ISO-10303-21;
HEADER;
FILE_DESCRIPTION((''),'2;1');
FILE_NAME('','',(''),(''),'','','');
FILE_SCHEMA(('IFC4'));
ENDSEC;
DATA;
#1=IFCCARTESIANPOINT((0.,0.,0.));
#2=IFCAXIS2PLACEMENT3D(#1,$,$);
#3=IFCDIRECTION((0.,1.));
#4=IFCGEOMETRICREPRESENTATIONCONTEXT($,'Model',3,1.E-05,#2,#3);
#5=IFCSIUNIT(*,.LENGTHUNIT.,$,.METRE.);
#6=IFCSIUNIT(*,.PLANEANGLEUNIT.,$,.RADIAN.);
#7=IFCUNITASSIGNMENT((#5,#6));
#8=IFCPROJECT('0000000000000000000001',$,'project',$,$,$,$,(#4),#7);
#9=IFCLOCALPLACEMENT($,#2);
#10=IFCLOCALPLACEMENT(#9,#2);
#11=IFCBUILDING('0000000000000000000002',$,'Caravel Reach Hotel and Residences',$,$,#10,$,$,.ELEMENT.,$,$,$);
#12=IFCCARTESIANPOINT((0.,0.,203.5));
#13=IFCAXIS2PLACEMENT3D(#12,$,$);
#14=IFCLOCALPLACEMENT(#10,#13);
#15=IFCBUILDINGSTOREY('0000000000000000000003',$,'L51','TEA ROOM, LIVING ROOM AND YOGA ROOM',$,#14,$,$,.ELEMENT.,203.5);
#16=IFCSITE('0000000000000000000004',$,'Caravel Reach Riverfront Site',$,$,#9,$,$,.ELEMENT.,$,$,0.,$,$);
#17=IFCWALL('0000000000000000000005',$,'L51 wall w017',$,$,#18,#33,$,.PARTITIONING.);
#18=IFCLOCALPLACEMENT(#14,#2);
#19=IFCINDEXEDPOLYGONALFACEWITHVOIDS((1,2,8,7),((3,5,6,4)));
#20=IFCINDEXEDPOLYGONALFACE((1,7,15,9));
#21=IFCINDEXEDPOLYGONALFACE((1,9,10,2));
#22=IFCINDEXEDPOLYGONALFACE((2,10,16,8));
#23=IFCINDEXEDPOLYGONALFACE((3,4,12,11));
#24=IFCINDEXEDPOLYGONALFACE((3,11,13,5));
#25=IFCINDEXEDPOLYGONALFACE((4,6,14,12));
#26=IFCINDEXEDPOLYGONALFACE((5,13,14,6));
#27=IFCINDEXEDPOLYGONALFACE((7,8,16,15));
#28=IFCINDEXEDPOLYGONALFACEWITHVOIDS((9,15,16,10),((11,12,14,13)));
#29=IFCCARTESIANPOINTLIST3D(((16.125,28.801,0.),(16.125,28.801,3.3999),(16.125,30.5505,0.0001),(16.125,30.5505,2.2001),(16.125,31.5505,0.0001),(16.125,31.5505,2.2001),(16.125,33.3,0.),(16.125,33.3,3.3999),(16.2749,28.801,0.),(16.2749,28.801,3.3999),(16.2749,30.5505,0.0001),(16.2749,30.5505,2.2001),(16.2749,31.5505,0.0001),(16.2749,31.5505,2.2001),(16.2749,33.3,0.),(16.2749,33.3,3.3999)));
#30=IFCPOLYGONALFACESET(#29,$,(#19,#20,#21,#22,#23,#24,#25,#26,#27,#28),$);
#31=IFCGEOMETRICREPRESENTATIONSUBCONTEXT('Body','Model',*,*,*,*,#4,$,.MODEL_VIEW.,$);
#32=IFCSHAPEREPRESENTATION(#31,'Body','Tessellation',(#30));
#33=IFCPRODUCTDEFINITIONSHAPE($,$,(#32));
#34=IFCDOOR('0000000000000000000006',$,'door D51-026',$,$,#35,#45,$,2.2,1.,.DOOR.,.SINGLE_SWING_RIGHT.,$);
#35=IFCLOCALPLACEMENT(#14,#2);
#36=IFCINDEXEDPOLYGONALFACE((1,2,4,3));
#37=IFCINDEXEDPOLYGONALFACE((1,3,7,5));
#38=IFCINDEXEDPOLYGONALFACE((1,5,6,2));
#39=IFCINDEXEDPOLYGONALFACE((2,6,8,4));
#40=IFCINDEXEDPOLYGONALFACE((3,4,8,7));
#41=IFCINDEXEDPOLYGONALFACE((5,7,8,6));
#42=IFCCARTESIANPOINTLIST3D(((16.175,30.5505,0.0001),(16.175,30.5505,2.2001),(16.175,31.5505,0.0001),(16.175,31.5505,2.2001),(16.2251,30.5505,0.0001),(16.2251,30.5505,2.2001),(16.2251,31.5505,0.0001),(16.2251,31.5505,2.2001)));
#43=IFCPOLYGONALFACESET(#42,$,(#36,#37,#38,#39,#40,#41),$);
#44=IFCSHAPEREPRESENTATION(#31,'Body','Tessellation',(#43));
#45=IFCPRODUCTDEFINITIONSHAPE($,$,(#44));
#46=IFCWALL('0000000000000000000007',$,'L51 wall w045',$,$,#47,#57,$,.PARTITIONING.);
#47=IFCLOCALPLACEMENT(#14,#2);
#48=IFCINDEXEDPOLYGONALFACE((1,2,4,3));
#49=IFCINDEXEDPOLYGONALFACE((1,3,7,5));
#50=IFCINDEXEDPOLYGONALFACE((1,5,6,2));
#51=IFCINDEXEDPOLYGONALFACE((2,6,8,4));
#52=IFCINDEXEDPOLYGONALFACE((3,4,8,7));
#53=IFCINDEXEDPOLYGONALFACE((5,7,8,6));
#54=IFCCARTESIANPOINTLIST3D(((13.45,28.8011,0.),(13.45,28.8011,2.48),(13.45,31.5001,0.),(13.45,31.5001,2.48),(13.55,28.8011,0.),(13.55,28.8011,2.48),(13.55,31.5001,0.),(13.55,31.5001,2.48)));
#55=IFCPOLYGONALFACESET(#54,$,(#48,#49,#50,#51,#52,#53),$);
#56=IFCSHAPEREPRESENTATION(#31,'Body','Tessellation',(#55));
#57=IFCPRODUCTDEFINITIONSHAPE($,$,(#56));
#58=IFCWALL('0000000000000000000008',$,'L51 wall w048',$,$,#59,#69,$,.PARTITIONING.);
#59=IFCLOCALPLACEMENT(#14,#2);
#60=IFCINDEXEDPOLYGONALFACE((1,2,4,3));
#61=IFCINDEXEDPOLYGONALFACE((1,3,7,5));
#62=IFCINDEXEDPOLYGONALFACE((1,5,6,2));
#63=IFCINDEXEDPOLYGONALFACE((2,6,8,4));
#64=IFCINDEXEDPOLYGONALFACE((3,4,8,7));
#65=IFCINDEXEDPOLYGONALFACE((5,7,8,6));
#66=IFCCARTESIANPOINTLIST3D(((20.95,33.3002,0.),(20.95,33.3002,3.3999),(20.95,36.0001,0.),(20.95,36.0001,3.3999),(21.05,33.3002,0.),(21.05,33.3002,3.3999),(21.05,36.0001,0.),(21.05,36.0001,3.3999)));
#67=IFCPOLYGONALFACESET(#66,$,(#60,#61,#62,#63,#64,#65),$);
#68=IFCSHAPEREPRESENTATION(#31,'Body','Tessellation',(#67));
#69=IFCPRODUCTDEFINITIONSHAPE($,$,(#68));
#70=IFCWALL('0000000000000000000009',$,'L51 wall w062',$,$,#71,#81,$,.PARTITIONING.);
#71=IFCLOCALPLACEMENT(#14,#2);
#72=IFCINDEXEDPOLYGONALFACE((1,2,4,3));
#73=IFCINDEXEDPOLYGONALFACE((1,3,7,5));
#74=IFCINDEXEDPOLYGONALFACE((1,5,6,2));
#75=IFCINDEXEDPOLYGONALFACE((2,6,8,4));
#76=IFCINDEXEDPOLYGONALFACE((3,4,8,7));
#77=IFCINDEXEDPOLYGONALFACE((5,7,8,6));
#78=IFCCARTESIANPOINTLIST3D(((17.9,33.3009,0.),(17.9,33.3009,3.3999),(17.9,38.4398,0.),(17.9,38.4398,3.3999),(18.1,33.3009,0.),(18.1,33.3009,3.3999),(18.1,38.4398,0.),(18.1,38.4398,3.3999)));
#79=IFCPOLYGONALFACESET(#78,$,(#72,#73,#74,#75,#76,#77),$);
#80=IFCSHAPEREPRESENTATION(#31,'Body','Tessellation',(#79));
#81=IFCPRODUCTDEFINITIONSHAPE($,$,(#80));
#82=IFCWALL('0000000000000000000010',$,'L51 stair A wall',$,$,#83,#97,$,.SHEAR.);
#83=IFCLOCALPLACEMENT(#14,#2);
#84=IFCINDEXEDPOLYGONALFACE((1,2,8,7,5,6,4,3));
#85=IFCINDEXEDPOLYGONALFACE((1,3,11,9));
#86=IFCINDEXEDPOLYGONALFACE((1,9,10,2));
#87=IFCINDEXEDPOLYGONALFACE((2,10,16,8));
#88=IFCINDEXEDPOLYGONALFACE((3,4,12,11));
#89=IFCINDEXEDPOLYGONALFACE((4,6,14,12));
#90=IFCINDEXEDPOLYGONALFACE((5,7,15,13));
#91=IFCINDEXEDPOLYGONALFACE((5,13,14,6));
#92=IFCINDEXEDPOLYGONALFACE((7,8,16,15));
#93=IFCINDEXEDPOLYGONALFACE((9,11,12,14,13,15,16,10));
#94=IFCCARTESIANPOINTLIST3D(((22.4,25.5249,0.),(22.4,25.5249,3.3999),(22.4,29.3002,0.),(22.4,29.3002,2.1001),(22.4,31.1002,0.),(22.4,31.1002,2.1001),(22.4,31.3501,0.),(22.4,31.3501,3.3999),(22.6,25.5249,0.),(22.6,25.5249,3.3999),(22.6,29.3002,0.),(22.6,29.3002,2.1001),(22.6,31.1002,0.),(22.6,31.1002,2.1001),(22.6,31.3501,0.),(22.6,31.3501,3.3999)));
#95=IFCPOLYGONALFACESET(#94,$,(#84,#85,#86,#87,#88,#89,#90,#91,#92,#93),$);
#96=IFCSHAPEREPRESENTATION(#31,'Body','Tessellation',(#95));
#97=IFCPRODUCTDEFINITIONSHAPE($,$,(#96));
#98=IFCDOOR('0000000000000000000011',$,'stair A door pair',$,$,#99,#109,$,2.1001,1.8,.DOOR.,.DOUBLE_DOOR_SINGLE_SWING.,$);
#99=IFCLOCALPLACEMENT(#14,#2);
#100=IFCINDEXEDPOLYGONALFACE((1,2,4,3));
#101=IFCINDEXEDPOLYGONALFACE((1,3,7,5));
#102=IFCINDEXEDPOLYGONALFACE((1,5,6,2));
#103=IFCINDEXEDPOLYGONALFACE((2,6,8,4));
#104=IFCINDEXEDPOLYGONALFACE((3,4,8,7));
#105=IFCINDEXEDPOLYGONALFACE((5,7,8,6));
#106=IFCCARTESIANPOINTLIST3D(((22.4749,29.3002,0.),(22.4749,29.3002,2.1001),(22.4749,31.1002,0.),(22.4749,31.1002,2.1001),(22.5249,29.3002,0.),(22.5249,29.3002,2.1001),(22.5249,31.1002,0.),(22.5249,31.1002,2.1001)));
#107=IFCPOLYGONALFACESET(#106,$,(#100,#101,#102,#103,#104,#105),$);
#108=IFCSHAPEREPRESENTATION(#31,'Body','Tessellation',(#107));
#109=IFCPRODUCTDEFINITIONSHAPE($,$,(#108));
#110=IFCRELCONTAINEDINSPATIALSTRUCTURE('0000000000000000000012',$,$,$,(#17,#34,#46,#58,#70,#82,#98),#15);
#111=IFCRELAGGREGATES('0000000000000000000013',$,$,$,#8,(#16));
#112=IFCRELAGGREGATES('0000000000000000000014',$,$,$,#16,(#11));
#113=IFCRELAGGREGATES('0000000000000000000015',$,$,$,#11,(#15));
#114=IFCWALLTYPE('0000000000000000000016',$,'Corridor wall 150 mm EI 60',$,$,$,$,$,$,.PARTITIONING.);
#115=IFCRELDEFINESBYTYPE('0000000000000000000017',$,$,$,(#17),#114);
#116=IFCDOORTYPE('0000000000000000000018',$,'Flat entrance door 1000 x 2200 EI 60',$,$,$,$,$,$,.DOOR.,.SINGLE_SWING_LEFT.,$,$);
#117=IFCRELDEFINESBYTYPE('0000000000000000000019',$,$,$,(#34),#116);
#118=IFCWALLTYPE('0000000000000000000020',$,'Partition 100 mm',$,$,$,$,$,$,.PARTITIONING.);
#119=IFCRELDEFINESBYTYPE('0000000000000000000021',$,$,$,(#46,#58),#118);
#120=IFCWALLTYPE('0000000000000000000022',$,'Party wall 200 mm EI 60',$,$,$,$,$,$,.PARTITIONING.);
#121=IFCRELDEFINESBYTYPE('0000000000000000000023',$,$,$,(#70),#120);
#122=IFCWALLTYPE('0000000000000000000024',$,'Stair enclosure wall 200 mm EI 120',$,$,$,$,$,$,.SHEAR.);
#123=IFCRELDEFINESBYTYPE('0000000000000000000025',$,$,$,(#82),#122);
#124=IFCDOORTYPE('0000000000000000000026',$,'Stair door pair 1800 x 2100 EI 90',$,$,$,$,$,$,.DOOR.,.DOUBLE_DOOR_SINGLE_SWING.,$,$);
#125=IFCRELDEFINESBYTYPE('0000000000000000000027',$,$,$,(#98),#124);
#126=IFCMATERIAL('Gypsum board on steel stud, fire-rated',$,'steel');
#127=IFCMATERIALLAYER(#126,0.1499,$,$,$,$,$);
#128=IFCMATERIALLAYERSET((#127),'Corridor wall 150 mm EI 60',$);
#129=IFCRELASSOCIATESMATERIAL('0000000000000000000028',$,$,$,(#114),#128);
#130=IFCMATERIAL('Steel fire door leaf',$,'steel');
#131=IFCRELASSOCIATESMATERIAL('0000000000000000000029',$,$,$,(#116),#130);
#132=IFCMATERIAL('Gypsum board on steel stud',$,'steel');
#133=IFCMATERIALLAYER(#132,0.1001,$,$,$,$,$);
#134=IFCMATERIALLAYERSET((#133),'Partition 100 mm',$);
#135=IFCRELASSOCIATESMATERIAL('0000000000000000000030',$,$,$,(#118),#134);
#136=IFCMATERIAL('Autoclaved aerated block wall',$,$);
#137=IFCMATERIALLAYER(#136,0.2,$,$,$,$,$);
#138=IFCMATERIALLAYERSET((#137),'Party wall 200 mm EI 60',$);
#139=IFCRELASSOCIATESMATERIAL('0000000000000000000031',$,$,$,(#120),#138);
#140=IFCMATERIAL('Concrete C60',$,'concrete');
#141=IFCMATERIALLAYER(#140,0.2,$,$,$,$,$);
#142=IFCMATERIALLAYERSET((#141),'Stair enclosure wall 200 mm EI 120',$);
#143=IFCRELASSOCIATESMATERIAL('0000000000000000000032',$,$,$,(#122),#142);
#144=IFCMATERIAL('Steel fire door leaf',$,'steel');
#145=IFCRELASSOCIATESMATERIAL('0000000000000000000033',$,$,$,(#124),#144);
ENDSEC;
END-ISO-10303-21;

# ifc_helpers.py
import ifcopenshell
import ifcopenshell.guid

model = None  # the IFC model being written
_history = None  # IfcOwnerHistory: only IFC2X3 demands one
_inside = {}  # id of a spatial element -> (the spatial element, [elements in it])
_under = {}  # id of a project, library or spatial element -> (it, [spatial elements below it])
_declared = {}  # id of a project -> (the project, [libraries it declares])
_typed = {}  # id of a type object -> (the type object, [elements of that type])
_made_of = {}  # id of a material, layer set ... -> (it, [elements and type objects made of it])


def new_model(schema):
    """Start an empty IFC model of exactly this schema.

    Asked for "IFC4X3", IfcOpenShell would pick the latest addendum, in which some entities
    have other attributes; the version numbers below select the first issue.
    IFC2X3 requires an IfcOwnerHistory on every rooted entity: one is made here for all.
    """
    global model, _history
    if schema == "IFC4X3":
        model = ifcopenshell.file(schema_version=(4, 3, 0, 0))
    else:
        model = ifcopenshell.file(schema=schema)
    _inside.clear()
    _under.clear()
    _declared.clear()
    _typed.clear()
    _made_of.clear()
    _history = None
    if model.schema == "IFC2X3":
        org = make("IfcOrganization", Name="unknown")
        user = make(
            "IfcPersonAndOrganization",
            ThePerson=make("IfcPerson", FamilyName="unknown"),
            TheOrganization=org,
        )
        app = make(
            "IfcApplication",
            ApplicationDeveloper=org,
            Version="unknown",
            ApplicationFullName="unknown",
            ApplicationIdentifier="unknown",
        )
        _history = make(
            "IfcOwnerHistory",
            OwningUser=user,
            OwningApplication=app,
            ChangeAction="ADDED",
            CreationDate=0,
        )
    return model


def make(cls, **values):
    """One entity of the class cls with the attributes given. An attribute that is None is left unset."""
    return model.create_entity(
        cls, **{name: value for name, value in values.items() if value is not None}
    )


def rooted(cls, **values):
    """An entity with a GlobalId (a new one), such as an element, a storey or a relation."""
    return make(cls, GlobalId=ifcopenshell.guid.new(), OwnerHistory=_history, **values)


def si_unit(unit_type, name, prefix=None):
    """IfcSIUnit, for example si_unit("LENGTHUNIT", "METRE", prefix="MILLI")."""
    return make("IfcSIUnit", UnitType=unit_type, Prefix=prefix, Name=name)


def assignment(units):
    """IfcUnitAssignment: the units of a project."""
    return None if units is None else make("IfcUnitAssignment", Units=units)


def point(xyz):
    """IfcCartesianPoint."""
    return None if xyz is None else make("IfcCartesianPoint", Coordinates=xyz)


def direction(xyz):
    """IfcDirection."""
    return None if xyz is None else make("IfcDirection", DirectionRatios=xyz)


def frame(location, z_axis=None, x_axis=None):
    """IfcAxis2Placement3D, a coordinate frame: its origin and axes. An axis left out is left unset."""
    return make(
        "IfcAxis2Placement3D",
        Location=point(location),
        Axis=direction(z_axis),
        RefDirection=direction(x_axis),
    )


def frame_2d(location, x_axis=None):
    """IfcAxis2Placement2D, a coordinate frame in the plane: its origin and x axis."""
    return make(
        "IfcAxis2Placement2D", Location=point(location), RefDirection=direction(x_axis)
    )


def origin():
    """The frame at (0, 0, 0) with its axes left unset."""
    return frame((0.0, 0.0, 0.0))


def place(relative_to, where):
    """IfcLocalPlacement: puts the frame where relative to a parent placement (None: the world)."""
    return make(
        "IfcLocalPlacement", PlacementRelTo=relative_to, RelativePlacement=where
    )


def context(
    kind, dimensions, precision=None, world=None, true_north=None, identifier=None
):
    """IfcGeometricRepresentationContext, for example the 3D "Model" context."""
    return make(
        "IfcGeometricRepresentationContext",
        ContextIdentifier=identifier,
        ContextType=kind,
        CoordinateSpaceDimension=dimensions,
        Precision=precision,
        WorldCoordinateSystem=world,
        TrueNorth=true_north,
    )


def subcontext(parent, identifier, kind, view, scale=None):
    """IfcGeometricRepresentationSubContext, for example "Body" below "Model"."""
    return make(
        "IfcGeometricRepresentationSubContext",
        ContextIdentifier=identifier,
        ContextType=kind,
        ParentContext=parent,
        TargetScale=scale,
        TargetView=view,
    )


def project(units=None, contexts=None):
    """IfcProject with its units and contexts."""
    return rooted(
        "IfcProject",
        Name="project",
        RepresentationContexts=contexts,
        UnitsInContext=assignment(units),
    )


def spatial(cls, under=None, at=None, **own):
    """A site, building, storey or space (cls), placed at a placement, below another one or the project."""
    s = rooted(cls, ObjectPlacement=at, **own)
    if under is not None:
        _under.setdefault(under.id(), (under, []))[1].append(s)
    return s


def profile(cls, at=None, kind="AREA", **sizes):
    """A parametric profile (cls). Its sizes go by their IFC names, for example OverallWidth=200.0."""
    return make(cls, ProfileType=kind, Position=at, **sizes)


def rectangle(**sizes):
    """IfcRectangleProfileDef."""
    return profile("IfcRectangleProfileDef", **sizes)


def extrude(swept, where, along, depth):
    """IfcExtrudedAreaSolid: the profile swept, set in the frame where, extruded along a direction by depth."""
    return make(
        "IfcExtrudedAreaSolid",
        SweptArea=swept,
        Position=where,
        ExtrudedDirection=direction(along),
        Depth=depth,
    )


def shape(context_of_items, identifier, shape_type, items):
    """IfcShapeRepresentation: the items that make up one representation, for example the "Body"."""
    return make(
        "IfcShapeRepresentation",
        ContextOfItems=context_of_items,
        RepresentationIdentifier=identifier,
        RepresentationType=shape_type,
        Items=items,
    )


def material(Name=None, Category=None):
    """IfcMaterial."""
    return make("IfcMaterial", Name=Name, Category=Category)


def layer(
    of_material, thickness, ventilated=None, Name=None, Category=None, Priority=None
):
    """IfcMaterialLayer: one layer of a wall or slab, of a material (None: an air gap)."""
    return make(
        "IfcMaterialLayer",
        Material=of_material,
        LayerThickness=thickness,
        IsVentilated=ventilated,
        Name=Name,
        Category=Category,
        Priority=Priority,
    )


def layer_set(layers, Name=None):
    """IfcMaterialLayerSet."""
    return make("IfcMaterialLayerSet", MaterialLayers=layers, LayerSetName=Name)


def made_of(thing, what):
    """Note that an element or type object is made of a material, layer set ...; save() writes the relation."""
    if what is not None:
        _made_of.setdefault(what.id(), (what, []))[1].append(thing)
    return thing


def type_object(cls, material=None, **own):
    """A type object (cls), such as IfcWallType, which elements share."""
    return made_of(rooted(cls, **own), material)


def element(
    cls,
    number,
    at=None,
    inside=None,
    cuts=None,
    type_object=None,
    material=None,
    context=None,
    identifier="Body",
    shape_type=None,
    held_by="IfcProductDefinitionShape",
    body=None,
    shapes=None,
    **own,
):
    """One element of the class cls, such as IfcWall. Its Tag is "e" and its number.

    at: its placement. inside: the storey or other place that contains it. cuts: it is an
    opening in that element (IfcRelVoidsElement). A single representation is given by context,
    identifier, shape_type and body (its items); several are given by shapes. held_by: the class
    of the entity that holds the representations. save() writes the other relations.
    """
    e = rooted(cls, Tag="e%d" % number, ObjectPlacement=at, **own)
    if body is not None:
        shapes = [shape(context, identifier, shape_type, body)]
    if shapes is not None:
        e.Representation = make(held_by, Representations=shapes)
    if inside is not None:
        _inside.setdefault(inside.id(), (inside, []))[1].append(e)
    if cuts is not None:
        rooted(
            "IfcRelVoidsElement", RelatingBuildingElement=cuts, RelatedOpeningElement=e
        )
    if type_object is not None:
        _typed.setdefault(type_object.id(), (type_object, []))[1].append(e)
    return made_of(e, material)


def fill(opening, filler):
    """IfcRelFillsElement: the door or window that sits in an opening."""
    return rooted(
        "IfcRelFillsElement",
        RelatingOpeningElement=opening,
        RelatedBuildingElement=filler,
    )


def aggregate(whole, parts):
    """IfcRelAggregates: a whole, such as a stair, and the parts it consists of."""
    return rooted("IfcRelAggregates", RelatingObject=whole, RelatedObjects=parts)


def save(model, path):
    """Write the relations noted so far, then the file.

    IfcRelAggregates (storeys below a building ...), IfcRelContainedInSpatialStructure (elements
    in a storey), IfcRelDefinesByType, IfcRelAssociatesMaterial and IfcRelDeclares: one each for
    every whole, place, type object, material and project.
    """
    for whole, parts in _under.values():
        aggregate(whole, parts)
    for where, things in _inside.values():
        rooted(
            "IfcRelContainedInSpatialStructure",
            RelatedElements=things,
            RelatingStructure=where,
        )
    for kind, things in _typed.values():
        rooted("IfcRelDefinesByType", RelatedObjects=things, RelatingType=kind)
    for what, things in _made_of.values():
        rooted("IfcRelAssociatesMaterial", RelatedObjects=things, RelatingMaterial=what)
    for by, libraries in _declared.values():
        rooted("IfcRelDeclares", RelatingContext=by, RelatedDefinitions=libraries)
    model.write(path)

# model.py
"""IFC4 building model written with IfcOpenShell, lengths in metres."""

from ifc_helpers import new_model, si_unit, direction, frame, frame_2d, origin, place, context, subcontext, project, spatial, rectangle, extrude, material, layer, layer_set, type_object, element, fill, save


model = new_model("IFC4")

# Units and contexts
model_context = context("Model", 3, precision=1e-05, world=origin(), true_north=direction((0.0, 1.0)))
body_context = subcontext(model_context, "Body", "Model", "MODEL_VIEW")
ifc_project = project(units=[si_unit("LENGTHUNIT", "METRE"), si_unit("PLANEANGLEUNIT", "RADIAN")], contexts=[model_context])

# Site, building, storey
site_placement = place(None, origin())
site = spatial("IfcSite", under=ifc_project, at=site_placement, Name="Caravel Reach Riverfront Site", CompositionType="ELEMENT", RefElevation=0.0)
building_placement = place(site_placement, origin())
building = spatial("IfcBuilding", under=site, at=building_placement, Name="Caravel Reach Hotel and Residences", CompositionType="ELEMENT")
storey_placement = place(building_placement, frame((0.0, 0.0, 203.5)))
storey = spatial("IfcBuildingStorey", under=building, at=storey_placement, Name="L51", Description="TEA ROOM, LIVING ROOM AND YOGA ROOM", CompositionType="ELEMENT", Elevation=203.5)

# Shared definitions
ifc_material_1 = material(Name="Gypsum board on steel stud, fire-rated", Category="steel")
ifc_layer_1 = layer(ifc_material_1, 0.1499)
ifc_layer_set_1 = layer_set([ifc_layer_1], Name="Corridor wall 150 mm EI 60")
wall_type_1 = type_object("IfcWallType", Name="Corridor wall 150 mm EI 60", PredefinedType="PARTITIONING", material=ifc_layer_set_1)
ifc_material_2 = material(Name="Steel fire door leaf", Category="steel")
door_type_1 = type_object("IfcDoorType", Name="Flat entrance door 1000 x 2200 EI 60", OperationType="SINGLE_SWING_LEFT", PredefinedType="DOOR", material=ifc_material_2)

# Wall, opening, door
wall_1_placement = place(storey_placement, frame((16.2, 28.801, 0.0), z_axis=(0.0, 0.0, 1.0), x_axis=(0.0, 1.0, 0.0)))
wall_1 = element("IfcWall", 1, at=wall_1_placement, inside=storey, type_object=wall_type_1, Name="L51 wall w017", PredefinedType="PARTITIONING", context=body_context, shape_type="SweptSolid", body=[
    extrude(rectangle(XDim=4.499, YDim=0.1499, at=frame_2d((2.2495, 0.0))), origin(), (0.0, 0.0, 1.0), 3.3999),
])
opening_1_placement = place(wall_1_placement, frame((1.7495, 0.0, 0.0)))
opening_1 = element("IfcOpeningElement", 2, at=opening_1_placement, cuts=wall_1, PredefinedType="OPENING", context=body_context, shape_type="SweptSolid", body=[
    extrude(rectangle(XDim=1.0, YDim=2.2, at=frame_2d((0.5, 1.1001))), frame((0.0, 0.085, 0.0), z_axis=(0.0, -1.0, 0.0), x_axis=(1.0, 0.0, 0.0)), (0.0, 0.0, 1.0), 0.1699),
])
door_1_placement = place(opening_1_placement, origin())
door_1 = element("IfcDoor", 3, at=door_1_placement, inside=storey, type_object=door_type_1, Name="door D51-026", OperationType="SINGLE_SWING_RIGHT", OverallHeight=2.2, OverallWidth=1.0, PredefinedType="DOOR", context=body_context, shape_type="SweptSolid", body=[
    extrude(rectangle(XDim=1.0, YDim=2.2, at=frame_2d((0.5, 1.1001))), frame((0.0, 0.0249, 0.0), z_axis=(0.0, -1.0, 0.0), x_axis=(1.0, 0.0, 0.0)), (0.0, 0.0, 1.0), 0.05),
])
fill(opening_1, door_1)

# Walls
ifc_material_3 = material(Name="Gypsum board on steel stud", Category="steel")
ifc_layer_2 = layer(ifc_material_3, 0.1001)
ifc_layer_set_2 = layer_set([ifc_layer_2], Name="Partition 100 mm")
wall_type_2 = type_object("IfcWallType", Name="Partition 100 mm", PredefinedType="PARTITIONING", material=ifc_layer_set_2)
wall_2_placement = place(storey_placement, frame((13.5, 28.801, 0.0), z_axis=(0.0, 0.0, 1.0), x_axis=(0.0, 1.0, 0.0)))
element("IfcWall", 4, at=wall_2_placement, inside=storey, type_object=wall_type_2, Name="L51 wall w045", PredefinedType="PARTITIONING", context=body_context, shape_type="SweptSolid", body=[
    extrude(rectangle(XDim=2.699, YDim=0.1001, at=frame_2d((1.3496, 0.0))), origin(), (0.0, 0.0, 1.0), 2.48),
])
wall_3_placement = place(storey_placement, frame((21.0, 33.3, 0.0), z_axis=(0.0, 0.0, 1.0), x_axis=(0.0, 1.0, 0.0)))
element("IfcWall", 5, at=wall_3_placement, inside=storey, type_object=wall_type_2, Name="L51 wall w048", PredefinedType="PARTITIONING", context=body_context, shape_type="SweptSolid", body=[
    extrude(rectangle(XDim=2.7, YDim=0.1001, at=frame_2d((1.3501, 0.0))), origin(), (0.0, 0.0, 1.0), 3.3999),
])
ifc_material_4 = material(Name="Autoclaved aerated block wall")
ifc_layer_3 = layer(ifc_material_4, 0.2)
ifc_layer_set_3 = layer_set([ifc_layer_3], Name="Party wall 200 mm EI 60")
wall_type_3 = type_object("IfcWallType", Name="Party wall 200 mm EI 60", PredefinedType="PARTITIONING", material=ifc_layer_set_3)
wall_4_placement = place(storey_placement, frame((18.0, 33.301, 0.0), z_axis=(0.0, 0.0, 1.0), x_axis=(0.0, 1.0, 0.0)))
element("IfcWall", 6, at=wall_4_placement, inside=storey, type_object=wall_type_3, Name="L51 wall w062", PredefinedType="PARTITIONING", context=body_context, shape_type="SweptSolid", body=[
    extrude(rectangle(XDim=5.1389, YDim=0.2, at=frame_2d((2.5693, 0.0))), origin(), (0.0, 0.0, 1.0), 3.3999),
])

# Wall, opening, door
ifc_material_5 = material(Name="Concrete C60", Category="concrete")
ifc_layer_4 = layer(ifc_material_5, 0.2)
ifc_layer_set_4 = layer_set([ifc_layer_4], Name="Stair enclosure wall 200 mm EI 120")
wall_type_4 = type_object("IfcWallType", Name="Stair enclosure wall 200 mm EI 120", PredefinedType="SHEAR", material=ifc_layer_set_4)
wall_5_placement = place(storey_placement, frame((22.5, 31.3501, 0.0), z_axis=(0.0, 0.0, 1.0), x_axis=(0.0, -1.0, 0.0)))
wall_5 = element("IfcWall", 7, at=wall_5_placement, inside=storey, type_object=wall_type_4, Name="L51 stair A wall", PredefinedType="SHEAR", context=body_context, shape_type="SweptSolid", body=[
    extrude(rectangle(XDim=5.8252, YDim=0.2, at=frame_2d((2.9126, 0.0))), origin(), (0.0, 0.0, 1.0), 3.3999),
])
opening_2_placement = place(wall_5_placement, frame((0.25, 0.0, 0.0)))
opening_2 = element("IfcOpeningElement", 8, at=opening_2_placement, cuts=wall_5, PredefinedType="OPENING", context=body_context, shape_type="SweptSolid", body=[
    extrude(rectangle(XDim=1.8, YDim=2.1001, at=frame_2d((0.8999, 1.05))), frame((0.0, 0.1099, 0.0), z_axis=(0.0, -1.0, 0.0), x_axis=(1.0, 0.0, 0.0)), (0.0, 0.0, 1.0), 0.22),
])
ifc_material_6 = material(Name="Steel fire door leaf", Category="steel")
door_type_2 = type_object("IfcDoorType", Name="Stair door pair 1800 x 2100 EI 90", OperationType="DOUBLE_DOOR_SINGLE_SWING", PredefinedType="DOOR", material=ifc_material_6)
door_2_placement = place(opening_2_placement, origin())
door_2 = element("IfcDoor", 9, at=door_2_placement, inside=storey, type_object=door_type_2, Name="stair A door pair", OperationType="DOUBLE_DOOR_SINGLE_SWING", OverallHeight=2.1001, OverallWidth=1.8, PredefinedType="DOOR", context=body_context, shape_type="SweptSolid", body=[
    extrude(rectangle(XDim=1.8, YDim=2.1001, at=frame_2d((0.8999, 1.05))), frame((0.0, 0.0249, 0.0), z_axis=(0.0, -1.0, 0.0), x_axis=(1.0, 0.0, 0.0)), (0.0, 0.0, 1.0), 0.05),
])
fill(opening_2, door_2)

save(model, "model.ifc")
